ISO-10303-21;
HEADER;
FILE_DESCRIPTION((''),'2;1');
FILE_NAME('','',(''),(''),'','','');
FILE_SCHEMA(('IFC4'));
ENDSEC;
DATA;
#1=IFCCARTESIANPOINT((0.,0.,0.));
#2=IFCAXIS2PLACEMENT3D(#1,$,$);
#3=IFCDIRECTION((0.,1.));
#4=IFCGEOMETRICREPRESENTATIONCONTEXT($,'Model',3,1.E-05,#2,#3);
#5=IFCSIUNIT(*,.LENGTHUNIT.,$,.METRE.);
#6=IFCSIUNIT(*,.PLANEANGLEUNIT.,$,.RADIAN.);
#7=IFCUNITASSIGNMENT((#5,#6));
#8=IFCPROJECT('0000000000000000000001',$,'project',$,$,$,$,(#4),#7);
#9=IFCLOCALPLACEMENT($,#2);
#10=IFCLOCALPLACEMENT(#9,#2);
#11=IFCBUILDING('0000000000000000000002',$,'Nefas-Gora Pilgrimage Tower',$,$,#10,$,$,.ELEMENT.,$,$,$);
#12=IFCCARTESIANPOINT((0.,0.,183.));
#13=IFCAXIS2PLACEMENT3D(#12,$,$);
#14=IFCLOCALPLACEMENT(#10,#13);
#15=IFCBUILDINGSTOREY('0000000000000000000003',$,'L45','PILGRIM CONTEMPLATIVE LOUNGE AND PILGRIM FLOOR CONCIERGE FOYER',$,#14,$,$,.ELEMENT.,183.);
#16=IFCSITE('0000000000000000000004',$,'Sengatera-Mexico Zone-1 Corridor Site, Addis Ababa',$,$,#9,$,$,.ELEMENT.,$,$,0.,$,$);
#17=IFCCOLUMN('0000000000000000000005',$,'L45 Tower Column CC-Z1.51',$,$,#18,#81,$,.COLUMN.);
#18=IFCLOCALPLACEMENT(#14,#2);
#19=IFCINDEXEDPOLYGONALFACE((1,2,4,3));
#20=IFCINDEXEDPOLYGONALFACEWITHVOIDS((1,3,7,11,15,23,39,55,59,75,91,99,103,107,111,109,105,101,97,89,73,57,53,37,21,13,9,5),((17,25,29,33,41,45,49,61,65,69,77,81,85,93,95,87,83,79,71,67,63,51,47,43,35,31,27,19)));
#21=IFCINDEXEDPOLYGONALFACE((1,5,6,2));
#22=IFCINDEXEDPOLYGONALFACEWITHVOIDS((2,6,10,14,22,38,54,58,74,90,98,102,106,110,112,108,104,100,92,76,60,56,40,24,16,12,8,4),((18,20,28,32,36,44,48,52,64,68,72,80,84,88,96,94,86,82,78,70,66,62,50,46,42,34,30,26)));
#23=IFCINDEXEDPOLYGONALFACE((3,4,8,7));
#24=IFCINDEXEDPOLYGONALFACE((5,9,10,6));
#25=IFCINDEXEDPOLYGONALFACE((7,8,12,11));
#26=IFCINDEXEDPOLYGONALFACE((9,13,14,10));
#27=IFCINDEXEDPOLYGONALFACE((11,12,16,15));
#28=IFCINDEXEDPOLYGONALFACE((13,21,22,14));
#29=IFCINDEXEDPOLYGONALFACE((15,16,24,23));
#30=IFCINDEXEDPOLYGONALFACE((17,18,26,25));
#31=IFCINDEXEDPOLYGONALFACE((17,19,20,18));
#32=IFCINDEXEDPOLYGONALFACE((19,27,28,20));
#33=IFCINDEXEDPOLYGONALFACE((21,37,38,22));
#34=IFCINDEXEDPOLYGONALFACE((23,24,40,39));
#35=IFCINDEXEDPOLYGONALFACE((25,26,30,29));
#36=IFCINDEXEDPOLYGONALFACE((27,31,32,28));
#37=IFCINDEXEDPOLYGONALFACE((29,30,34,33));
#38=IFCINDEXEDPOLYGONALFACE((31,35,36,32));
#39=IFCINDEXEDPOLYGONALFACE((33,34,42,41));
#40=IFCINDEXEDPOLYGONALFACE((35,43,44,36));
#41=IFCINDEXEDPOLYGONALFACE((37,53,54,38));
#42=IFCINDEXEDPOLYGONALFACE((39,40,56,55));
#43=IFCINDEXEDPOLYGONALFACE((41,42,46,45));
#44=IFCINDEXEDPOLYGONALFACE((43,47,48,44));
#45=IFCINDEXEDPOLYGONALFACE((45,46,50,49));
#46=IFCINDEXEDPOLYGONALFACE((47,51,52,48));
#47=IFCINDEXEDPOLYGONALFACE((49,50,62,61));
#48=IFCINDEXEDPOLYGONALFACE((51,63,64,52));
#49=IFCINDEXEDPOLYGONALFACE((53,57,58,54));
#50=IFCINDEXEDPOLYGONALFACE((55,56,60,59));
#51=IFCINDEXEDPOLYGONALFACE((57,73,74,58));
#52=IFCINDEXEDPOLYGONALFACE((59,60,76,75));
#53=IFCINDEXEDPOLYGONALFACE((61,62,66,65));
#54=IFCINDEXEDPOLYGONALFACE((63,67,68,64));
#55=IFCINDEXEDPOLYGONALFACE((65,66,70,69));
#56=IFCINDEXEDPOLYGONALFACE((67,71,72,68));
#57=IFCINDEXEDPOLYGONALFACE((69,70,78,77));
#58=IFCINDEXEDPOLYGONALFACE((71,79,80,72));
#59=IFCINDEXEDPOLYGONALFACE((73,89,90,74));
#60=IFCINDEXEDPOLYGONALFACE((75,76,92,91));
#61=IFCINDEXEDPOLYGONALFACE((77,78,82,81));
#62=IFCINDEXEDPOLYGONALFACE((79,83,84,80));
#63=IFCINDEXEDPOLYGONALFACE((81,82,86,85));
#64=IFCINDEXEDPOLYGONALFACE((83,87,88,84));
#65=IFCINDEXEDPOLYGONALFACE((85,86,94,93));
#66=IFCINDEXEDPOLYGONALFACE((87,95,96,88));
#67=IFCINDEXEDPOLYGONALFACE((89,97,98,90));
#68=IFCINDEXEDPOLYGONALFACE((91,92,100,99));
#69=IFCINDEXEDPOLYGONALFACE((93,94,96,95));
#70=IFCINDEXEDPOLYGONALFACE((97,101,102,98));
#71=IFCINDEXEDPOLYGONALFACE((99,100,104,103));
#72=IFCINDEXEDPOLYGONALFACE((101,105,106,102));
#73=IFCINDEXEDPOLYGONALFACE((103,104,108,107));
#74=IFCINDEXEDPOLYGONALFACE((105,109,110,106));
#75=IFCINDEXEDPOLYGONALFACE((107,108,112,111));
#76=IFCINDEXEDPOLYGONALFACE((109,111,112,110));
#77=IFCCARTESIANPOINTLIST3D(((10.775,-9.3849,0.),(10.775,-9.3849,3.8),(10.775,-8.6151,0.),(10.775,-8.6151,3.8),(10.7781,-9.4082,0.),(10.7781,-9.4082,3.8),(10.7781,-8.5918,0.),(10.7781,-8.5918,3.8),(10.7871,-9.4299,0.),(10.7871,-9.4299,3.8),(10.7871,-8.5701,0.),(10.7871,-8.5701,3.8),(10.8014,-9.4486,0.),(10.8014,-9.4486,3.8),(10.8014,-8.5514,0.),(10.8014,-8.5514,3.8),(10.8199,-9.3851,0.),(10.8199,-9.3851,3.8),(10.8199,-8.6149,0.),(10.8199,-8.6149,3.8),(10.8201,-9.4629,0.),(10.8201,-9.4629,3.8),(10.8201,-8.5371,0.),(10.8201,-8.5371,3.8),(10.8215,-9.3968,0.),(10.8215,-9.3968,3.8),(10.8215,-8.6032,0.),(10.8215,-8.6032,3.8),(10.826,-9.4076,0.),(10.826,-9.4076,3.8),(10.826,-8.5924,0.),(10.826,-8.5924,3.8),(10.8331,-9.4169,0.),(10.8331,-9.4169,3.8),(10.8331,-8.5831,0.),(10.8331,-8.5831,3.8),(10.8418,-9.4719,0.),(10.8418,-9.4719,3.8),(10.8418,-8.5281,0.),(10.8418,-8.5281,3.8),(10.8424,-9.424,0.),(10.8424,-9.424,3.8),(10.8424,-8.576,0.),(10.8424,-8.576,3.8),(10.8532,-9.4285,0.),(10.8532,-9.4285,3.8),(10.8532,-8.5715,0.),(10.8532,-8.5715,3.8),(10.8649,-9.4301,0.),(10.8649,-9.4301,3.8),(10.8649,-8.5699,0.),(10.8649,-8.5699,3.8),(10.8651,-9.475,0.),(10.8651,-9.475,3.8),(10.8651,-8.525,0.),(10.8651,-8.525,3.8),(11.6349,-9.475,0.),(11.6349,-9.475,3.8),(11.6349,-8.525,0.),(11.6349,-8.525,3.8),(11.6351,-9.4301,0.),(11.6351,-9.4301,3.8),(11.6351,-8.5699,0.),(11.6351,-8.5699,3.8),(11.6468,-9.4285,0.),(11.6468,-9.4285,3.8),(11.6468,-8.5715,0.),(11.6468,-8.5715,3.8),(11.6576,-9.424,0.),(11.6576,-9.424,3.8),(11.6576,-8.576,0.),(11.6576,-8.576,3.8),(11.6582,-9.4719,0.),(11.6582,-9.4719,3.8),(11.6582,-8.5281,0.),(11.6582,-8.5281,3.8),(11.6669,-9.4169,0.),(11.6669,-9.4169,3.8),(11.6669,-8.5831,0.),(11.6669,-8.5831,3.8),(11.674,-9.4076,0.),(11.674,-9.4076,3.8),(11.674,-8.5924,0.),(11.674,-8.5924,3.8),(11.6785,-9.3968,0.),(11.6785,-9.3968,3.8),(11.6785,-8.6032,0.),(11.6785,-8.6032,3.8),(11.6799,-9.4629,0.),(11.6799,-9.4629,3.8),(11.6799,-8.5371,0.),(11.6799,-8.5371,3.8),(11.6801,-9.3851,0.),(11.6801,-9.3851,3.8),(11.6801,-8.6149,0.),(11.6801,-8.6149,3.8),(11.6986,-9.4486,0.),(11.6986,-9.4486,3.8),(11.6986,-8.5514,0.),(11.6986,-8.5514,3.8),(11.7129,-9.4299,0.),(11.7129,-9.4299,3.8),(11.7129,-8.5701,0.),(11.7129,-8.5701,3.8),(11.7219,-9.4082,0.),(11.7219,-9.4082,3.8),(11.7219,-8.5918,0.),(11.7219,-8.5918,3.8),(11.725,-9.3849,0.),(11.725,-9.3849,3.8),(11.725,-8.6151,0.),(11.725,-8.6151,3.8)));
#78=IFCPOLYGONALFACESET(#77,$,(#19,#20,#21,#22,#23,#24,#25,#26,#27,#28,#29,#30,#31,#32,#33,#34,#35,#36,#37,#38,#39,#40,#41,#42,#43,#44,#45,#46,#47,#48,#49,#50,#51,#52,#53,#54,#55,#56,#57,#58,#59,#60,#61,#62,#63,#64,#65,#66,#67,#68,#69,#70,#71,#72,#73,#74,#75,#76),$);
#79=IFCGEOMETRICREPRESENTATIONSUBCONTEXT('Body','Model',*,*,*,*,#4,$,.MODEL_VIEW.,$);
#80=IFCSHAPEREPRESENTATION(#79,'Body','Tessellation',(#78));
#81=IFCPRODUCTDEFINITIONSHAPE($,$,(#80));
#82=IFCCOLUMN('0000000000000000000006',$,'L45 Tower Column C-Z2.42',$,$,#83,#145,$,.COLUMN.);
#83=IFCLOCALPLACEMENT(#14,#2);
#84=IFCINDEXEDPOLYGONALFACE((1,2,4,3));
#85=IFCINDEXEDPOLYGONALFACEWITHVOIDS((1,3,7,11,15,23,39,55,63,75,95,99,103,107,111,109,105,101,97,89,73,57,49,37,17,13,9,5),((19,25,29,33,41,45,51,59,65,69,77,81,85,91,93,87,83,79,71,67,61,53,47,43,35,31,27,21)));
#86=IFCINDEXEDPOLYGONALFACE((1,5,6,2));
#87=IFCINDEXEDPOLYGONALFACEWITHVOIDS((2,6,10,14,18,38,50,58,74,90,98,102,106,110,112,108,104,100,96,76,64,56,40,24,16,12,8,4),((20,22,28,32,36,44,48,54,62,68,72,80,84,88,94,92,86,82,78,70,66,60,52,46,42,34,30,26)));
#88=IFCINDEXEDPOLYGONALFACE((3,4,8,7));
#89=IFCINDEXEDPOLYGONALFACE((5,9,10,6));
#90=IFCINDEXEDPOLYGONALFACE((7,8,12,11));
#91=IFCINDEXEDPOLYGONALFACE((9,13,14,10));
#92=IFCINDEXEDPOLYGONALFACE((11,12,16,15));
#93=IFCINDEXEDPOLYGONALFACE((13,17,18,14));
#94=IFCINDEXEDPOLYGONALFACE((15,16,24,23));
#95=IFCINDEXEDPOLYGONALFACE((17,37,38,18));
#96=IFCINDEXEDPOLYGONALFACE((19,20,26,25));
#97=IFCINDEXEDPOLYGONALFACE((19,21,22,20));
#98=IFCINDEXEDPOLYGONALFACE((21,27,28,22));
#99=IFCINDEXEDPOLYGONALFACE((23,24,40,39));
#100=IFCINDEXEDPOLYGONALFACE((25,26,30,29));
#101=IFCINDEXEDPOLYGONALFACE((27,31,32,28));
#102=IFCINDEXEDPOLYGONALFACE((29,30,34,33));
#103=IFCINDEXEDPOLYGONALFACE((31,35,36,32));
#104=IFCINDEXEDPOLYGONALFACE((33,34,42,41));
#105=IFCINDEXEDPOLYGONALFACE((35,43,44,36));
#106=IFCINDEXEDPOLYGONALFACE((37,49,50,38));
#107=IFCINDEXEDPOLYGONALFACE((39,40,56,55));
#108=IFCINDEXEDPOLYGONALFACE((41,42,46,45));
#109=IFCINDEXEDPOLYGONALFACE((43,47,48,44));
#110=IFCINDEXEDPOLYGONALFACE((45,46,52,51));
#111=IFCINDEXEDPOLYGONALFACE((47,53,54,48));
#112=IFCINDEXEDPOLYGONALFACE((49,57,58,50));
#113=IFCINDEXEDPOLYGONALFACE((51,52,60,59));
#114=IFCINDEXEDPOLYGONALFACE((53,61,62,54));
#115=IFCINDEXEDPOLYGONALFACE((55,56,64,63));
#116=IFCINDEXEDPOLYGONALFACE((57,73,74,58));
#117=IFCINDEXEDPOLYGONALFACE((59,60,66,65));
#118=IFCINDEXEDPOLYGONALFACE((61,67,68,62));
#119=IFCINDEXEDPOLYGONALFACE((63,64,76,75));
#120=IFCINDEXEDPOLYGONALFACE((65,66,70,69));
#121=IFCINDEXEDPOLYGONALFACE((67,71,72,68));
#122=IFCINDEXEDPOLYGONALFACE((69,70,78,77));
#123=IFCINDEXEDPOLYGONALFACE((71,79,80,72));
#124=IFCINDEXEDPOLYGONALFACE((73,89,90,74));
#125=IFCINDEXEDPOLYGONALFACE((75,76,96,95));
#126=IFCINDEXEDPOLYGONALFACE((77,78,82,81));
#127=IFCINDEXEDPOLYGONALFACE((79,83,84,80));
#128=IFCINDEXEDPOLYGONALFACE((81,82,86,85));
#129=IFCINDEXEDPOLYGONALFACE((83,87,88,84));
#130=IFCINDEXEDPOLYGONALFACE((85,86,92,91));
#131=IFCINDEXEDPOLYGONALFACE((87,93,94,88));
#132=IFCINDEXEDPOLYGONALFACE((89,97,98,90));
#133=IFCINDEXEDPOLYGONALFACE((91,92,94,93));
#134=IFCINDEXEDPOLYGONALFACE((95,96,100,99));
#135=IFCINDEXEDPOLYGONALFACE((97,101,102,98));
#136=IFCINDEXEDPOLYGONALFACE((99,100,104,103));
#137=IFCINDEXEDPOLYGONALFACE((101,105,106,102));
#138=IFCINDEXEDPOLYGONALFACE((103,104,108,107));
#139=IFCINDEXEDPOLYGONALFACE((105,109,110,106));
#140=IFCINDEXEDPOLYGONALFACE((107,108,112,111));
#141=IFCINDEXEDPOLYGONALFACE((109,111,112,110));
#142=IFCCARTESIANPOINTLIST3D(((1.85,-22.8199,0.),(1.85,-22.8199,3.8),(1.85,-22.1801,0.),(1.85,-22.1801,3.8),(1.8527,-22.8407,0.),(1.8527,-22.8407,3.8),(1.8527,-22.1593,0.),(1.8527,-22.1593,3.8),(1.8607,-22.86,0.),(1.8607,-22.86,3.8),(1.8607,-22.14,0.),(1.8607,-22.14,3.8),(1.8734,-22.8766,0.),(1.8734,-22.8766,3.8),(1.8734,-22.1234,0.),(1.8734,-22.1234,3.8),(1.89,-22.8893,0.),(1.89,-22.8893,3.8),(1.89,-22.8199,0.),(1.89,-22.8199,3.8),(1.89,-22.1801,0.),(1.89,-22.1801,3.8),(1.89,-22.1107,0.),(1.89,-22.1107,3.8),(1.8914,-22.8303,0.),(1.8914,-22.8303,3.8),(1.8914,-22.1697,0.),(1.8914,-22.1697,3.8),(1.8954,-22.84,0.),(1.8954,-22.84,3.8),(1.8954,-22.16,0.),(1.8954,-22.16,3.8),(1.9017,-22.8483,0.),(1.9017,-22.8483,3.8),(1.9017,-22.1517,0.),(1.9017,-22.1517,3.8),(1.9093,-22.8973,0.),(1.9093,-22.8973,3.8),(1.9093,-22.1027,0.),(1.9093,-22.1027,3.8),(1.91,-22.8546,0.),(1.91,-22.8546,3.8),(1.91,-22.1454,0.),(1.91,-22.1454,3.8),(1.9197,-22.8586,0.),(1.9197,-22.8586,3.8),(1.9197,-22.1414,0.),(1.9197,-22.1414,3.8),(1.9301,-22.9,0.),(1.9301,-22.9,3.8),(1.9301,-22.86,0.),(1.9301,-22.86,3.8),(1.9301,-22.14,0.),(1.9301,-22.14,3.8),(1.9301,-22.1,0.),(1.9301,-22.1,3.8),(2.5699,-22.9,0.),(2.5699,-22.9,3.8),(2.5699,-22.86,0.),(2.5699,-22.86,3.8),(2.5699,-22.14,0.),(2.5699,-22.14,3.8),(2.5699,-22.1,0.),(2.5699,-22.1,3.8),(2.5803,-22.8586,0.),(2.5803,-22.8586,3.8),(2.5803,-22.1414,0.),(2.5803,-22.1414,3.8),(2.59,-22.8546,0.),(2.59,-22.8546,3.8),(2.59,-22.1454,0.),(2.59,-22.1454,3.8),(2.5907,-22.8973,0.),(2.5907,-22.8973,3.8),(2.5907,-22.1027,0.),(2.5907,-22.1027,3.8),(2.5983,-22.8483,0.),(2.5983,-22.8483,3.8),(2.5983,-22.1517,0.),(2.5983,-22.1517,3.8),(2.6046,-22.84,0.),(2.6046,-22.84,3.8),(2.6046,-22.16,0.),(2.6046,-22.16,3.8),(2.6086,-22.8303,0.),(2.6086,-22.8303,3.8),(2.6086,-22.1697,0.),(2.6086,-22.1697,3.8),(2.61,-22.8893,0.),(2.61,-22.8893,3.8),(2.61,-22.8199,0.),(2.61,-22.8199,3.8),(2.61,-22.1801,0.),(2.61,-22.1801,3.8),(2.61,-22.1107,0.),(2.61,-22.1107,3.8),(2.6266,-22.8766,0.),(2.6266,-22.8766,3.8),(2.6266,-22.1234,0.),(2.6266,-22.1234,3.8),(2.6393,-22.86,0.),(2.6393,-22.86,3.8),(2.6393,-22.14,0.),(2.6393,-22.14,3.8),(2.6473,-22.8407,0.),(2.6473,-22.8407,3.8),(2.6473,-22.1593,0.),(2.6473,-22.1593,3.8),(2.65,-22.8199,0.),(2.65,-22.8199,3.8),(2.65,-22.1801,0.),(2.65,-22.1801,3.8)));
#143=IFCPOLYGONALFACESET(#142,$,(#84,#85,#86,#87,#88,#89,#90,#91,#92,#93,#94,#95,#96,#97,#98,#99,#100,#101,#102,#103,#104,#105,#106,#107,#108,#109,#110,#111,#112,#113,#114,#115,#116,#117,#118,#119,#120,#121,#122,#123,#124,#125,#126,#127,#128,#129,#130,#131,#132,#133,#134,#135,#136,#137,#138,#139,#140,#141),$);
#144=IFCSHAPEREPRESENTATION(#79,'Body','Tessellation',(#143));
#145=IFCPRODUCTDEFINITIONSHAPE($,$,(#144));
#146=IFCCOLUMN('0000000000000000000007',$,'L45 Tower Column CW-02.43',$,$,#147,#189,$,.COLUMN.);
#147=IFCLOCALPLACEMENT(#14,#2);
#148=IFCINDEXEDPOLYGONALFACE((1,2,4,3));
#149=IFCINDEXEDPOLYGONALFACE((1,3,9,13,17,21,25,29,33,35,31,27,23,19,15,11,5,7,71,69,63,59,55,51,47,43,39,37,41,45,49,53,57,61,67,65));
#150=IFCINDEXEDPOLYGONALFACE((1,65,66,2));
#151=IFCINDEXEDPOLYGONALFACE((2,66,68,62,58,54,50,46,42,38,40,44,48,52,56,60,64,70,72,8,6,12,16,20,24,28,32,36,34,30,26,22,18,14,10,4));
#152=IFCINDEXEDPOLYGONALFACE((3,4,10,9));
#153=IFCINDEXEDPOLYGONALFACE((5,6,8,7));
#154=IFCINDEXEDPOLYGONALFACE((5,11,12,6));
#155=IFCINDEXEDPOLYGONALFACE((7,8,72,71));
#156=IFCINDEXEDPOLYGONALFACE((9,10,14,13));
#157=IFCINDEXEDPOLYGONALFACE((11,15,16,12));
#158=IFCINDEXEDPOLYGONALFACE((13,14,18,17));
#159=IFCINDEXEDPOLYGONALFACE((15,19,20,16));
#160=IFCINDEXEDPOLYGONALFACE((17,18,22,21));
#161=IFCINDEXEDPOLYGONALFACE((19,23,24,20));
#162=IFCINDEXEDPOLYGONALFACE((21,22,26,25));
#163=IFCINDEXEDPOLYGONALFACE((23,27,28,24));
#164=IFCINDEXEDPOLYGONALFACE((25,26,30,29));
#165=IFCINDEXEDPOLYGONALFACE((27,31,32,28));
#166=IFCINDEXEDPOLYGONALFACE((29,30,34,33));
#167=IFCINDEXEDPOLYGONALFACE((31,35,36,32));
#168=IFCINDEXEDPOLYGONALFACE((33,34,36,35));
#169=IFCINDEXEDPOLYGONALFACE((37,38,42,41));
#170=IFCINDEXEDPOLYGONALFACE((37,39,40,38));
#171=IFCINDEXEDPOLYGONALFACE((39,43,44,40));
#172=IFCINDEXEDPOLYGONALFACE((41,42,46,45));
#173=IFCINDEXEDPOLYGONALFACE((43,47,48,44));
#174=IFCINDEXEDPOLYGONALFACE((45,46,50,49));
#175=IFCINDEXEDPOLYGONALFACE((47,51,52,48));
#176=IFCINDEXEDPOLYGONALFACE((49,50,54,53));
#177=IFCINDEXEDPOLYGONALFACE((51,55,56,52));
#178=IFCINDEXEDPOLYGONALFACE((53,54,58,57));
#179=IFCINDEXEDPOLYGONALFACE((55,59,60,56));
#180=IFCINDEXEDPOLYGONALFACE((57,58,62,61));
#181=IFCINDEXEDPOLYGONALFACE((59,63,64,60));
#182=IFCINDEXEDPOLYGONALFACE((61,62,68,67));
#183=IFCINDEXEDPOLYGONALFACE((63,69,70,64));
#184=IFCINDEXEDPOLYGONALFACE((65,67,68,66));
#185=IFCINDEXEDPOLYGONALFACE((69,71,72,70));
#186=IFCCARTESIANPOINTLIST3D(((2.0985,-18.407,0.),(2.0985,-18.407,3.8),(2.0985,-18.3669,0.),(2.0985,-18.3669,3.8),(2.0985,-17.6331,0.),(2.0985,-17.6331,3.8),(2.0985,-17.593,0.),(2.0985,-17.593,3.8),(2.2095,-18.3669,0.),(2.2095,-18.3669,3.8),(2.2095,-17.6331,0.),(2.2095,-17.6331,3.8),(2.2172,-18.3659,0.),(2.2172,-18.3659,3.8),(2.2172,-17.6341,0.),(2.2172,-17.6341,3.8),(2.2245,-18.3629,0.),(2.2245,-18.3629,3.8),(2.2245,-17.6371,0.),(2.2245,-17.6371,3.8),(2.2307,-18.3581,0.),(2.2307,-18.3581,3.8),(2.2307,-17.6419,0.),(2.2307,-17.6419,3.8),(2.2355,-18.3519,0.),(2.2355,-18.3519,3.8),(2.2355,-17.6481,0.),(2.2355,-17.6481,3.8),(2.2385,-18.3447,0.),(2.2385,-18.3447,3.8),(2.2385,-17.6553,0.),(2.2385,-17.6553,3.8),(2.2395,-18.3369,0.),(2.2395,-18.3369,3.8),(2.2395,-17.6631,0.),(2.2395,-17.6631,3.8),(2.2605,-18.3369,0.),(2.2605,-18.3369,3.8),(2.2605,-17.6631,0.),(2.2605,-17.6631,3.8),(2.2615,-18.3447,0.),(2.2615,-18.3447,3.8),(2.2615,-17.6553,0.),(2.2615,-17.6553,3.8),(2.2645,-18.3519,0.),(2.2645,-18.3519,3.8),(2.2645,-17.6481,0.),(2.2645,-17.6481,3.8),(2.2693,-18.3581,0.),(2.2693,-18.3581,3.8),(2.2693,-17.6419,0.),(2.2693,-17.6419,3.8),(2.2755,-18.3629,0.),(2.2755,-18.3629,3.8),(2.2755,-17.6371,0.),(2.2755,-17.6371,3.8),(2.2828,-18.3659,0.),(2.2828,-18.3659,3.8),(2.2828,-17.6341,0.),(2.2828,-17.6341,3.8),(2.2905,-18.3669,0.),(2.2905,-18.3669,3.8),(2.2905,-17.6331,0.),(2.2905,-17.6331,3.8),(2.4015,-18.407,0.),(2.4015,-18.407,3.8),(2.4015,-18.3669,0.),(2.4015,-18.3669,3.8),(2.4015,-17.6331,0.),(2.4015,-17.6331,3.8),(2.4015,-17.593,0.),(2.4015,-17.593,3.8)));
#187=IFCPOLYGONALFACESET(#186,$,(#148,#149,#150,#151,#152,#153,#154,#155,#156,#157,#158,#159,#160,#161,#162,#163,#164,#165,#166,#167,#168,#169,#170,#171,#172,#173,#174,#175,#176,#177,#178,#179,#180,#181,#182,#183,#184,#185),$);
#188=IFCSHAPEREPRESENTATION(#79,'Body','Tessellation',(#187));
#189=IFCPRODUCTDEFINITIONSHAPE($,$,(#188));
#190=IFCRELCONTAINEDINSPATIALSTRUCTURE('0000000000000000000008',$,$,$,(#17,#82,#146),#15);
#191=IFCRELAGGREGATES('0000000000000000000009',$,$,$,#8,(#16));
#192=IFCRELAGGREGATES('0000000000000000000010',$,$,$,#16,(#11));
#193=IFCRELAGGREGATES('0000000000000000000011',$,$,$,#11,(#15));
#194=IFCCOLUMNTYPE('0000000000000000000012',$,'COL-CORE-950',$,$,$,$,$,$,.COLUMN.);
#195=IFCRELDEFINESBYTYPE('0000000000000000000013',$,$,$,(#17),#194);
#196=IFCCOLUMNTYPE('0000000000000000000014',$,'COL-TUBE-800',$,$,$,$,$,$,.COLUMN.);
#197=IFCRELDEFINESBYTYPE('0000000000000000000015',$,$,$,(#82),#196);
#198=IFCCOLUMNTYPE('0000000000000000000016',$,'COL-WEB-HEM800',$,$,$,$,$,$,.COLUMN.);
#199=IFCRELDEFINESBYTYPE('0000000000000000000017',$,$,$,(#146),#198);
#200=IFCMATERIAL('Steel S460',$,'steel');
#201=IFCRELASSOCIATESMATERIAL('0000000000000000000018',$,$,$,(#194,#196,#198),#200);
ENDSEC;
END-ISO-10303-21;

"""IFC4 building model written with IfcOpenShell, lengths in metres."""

from ifc_helpers import new_model, si_unit, direction, frame, origin, origin_2d, place, context, subcontext, project, spatial, hollow_rectangle, i_section, extrude, source, transform, mapped, material, material_profile, profile_set, type_object, element, save


model = new_model("IFC4")

# Units and contexts
model_context = context("Model", 3, precision=1e-05, world=origin(), true_north=direction((0.0, 1.0)))
body_context = subcontext(model_context, "Body", "Model", "MODEL_VIEW")
ifc_project = project(units=[si_unit("LENGTHUNIT", "METRE"), si_unit("PLANEANGLEUNIT", "RADIAN")], contexts=[model_context])

# Site, building, storey
site_placement = place(None, origin())
site = spatial("IfcSite", under=ifc_project, at=site_placement, Name="Sengatera-Mexico Zone-1 Corridor Site, Addis Ababa", CompositionType="ELEMENT", RefElevation=0.0)
building_placement = place(site_placement, origin())
building = spatial("IfcBuilding", under=site, at=building_placement, Name="Nefas-Gora Pilgrimage Tower", CompositionType="ELEMENT")
storey_placement = place(building_placement, frame((0.0, 0.0, 183.0)))
storey = spatial("IfcBuildingStorey", under=building, at=storey_placement, Name="L45", Description="PILGRIM CONTEMPLATIVE LOUNGE AND PILGRIM FLOOR CONCIERGE FOYER", CompositionType="ELEMENT", Elevation=183.0)

# Columns
ifc_material_1 = material(Name="Steel S460", Category="steel")
ifc_material_profile_1 = material_profile(ifc_material_1, hollow_rectangle(XDim=0.95, YDim=0.95, WallThickness=0.0449, InnerFilletRadius=0.0449, OuterFilletRadius=0.0901, at=origin_2d()), Name="BOX 950x950x45")
ifc_profile_set_1 = profile_set([ifc_material_profile_1], Name="Steel S460")
column_type_1 = type_object("IfcColumnType", Name="COL-CORE-950", PredefinedType="COLUMN", material=ifc_profile_set_1)
shared_shape_1 = source(origin(), body_context, "Body", "SweptSolid", [
    extrude(hollow_rectangle(XDim=0.95, YDim=0.95, WallThickness=0.0449, InnerFilletRadius=0.0449, OuterFilletRadius=0.0901, at=origin_2d()), origin(), (0.0, 0.0, 1.0), 3.8),
])
column_1_placement = place(storey_placement, frame((11.25, -9.0, 0.0), z_axis=(0.0, 0.0, 1.0), x_axis=(1.0, 0.0, 0.0)))
element("IfcColumn", 1, at=column_1_placement, inside=storey, type_object=column_type_1, Name="L45 Tower Column CC-Z1.51", PredefinedType="COLUMN", context=body_context, shape_type="MappedRepresentation", body=[
    mapped(shared_shape_1, transform((0.0, 0.0, 0.0), x_axis=(1.0, 0.0, 0.0), y_axis=(0.0, 1.0, 0.0), z_axis=(0.0, 0.0, 1.0), scale=1.0)),
])
ifc_material_profile_2 = material_profile(ifc_material_1, hollow_rectangle(XDim=0.8, YDim=0.8, WallThickness=0.04, InnerFilletRadius=0.04, OuterFilletRadius=0.0801, at=origin_2d()), Name="BOX 800x800x40")
ifc_profile_set_2 = profile_set([ifc_material_profile_2], Name="Steel S460")
column_type_2 = type_object("IfcColumnType", Name="COL-TUBE-800", PredefinedType="COLUMN", material=ifc_profile_set_2)
shared_shape_2 = source(origin(), body_context, "Body", "SweptSolid", [
    extrude(hollow_rectangle(XDim=0.8, YDim=0.8, WallThickness=0.04, InnerFilletRadius=0.04, OuterFilletRadius=0.0801, at=origin_2d()), origin(), (0.0, 0.0, 1.0), 3.8),
])
column_2_placement = place(storey_placement, frame((2.25, -22.5, 0.0), z_axis=(0.0, 0.0, 1.0), x_axis=(1.0, 0.0, 0.0)))
element("IfcColumn", 2, at=column_2_placement, inside=storey, type_object=column_type_2, Name="L45 Tower Column C-Z2.42", PredefinedType="COLUMN", context=body_context, shape_type="MappedRepresentation", body=[
    mapped(shared_shape_2, transform((0.0, 0.0, 0.0), x_axis=(1.0, 0.0, 0.0), y_axis=(0.0, 1.0, 0.0), z_axis=(0.0, 0.0, 1.0), scale=1.0)),
])
ifc_material_profile_3 = material_profile(ifc_material_1, i_section(OverallWidth=0.303, OverallDepth=0.814, WebThickness=0.021, FlangeThickness=0.04, FilletRadius=0.03, at=origin_2d()), Name="HEM 800")
ifc_profile_set_3 = profile_set([ifc_material_profile_3], Name="Steel S460")
column_type_3 = type_object("IfcColumnType", Name="COL-WEB-HEM800", PredefinedType="COLUMN", material=ifc_profile_set_3)
shared_shape_3 = source(origin(), body_context, "Body", "SweptSolid", [
    extrude(i_section(OverallWidth=0.303, OverallDepth=0.814, WebThickness=0.021, FlangeThickness=0.04, FilletRadius=0.03, at=origin_2d()), origin(), (0.0, 0.0, 1.0), 3.8),
])
for number, where, z_axis, x_axis, name in (
    (3, (2.25, -18.0, 0.0), (0.0, 0.0, 1.0), (1.0, 0.0, 0.0), "L45 Tower Column CW-02.43"),
):
    element("IfcColumn", number, at=place(storey_placement, frame(where, z_axis=z_axis, x_axis=x_axis)), inside=storey, type_object=column_type_3, Name=name, PredefinedType="COLUMN", context=body_context, shape_type="MappedRepresentation", body=[
        mapped(shared_shape_3, transform((0.0, 0.0, 0.0), x_axis=(1.0, 0.0, 0.0), y_axis=(0.0, 1.0, 0.0), z_axis=(0.0, 0.0, 1.0), scale=1.0)),
    ])

save(model, "model.ifc")
